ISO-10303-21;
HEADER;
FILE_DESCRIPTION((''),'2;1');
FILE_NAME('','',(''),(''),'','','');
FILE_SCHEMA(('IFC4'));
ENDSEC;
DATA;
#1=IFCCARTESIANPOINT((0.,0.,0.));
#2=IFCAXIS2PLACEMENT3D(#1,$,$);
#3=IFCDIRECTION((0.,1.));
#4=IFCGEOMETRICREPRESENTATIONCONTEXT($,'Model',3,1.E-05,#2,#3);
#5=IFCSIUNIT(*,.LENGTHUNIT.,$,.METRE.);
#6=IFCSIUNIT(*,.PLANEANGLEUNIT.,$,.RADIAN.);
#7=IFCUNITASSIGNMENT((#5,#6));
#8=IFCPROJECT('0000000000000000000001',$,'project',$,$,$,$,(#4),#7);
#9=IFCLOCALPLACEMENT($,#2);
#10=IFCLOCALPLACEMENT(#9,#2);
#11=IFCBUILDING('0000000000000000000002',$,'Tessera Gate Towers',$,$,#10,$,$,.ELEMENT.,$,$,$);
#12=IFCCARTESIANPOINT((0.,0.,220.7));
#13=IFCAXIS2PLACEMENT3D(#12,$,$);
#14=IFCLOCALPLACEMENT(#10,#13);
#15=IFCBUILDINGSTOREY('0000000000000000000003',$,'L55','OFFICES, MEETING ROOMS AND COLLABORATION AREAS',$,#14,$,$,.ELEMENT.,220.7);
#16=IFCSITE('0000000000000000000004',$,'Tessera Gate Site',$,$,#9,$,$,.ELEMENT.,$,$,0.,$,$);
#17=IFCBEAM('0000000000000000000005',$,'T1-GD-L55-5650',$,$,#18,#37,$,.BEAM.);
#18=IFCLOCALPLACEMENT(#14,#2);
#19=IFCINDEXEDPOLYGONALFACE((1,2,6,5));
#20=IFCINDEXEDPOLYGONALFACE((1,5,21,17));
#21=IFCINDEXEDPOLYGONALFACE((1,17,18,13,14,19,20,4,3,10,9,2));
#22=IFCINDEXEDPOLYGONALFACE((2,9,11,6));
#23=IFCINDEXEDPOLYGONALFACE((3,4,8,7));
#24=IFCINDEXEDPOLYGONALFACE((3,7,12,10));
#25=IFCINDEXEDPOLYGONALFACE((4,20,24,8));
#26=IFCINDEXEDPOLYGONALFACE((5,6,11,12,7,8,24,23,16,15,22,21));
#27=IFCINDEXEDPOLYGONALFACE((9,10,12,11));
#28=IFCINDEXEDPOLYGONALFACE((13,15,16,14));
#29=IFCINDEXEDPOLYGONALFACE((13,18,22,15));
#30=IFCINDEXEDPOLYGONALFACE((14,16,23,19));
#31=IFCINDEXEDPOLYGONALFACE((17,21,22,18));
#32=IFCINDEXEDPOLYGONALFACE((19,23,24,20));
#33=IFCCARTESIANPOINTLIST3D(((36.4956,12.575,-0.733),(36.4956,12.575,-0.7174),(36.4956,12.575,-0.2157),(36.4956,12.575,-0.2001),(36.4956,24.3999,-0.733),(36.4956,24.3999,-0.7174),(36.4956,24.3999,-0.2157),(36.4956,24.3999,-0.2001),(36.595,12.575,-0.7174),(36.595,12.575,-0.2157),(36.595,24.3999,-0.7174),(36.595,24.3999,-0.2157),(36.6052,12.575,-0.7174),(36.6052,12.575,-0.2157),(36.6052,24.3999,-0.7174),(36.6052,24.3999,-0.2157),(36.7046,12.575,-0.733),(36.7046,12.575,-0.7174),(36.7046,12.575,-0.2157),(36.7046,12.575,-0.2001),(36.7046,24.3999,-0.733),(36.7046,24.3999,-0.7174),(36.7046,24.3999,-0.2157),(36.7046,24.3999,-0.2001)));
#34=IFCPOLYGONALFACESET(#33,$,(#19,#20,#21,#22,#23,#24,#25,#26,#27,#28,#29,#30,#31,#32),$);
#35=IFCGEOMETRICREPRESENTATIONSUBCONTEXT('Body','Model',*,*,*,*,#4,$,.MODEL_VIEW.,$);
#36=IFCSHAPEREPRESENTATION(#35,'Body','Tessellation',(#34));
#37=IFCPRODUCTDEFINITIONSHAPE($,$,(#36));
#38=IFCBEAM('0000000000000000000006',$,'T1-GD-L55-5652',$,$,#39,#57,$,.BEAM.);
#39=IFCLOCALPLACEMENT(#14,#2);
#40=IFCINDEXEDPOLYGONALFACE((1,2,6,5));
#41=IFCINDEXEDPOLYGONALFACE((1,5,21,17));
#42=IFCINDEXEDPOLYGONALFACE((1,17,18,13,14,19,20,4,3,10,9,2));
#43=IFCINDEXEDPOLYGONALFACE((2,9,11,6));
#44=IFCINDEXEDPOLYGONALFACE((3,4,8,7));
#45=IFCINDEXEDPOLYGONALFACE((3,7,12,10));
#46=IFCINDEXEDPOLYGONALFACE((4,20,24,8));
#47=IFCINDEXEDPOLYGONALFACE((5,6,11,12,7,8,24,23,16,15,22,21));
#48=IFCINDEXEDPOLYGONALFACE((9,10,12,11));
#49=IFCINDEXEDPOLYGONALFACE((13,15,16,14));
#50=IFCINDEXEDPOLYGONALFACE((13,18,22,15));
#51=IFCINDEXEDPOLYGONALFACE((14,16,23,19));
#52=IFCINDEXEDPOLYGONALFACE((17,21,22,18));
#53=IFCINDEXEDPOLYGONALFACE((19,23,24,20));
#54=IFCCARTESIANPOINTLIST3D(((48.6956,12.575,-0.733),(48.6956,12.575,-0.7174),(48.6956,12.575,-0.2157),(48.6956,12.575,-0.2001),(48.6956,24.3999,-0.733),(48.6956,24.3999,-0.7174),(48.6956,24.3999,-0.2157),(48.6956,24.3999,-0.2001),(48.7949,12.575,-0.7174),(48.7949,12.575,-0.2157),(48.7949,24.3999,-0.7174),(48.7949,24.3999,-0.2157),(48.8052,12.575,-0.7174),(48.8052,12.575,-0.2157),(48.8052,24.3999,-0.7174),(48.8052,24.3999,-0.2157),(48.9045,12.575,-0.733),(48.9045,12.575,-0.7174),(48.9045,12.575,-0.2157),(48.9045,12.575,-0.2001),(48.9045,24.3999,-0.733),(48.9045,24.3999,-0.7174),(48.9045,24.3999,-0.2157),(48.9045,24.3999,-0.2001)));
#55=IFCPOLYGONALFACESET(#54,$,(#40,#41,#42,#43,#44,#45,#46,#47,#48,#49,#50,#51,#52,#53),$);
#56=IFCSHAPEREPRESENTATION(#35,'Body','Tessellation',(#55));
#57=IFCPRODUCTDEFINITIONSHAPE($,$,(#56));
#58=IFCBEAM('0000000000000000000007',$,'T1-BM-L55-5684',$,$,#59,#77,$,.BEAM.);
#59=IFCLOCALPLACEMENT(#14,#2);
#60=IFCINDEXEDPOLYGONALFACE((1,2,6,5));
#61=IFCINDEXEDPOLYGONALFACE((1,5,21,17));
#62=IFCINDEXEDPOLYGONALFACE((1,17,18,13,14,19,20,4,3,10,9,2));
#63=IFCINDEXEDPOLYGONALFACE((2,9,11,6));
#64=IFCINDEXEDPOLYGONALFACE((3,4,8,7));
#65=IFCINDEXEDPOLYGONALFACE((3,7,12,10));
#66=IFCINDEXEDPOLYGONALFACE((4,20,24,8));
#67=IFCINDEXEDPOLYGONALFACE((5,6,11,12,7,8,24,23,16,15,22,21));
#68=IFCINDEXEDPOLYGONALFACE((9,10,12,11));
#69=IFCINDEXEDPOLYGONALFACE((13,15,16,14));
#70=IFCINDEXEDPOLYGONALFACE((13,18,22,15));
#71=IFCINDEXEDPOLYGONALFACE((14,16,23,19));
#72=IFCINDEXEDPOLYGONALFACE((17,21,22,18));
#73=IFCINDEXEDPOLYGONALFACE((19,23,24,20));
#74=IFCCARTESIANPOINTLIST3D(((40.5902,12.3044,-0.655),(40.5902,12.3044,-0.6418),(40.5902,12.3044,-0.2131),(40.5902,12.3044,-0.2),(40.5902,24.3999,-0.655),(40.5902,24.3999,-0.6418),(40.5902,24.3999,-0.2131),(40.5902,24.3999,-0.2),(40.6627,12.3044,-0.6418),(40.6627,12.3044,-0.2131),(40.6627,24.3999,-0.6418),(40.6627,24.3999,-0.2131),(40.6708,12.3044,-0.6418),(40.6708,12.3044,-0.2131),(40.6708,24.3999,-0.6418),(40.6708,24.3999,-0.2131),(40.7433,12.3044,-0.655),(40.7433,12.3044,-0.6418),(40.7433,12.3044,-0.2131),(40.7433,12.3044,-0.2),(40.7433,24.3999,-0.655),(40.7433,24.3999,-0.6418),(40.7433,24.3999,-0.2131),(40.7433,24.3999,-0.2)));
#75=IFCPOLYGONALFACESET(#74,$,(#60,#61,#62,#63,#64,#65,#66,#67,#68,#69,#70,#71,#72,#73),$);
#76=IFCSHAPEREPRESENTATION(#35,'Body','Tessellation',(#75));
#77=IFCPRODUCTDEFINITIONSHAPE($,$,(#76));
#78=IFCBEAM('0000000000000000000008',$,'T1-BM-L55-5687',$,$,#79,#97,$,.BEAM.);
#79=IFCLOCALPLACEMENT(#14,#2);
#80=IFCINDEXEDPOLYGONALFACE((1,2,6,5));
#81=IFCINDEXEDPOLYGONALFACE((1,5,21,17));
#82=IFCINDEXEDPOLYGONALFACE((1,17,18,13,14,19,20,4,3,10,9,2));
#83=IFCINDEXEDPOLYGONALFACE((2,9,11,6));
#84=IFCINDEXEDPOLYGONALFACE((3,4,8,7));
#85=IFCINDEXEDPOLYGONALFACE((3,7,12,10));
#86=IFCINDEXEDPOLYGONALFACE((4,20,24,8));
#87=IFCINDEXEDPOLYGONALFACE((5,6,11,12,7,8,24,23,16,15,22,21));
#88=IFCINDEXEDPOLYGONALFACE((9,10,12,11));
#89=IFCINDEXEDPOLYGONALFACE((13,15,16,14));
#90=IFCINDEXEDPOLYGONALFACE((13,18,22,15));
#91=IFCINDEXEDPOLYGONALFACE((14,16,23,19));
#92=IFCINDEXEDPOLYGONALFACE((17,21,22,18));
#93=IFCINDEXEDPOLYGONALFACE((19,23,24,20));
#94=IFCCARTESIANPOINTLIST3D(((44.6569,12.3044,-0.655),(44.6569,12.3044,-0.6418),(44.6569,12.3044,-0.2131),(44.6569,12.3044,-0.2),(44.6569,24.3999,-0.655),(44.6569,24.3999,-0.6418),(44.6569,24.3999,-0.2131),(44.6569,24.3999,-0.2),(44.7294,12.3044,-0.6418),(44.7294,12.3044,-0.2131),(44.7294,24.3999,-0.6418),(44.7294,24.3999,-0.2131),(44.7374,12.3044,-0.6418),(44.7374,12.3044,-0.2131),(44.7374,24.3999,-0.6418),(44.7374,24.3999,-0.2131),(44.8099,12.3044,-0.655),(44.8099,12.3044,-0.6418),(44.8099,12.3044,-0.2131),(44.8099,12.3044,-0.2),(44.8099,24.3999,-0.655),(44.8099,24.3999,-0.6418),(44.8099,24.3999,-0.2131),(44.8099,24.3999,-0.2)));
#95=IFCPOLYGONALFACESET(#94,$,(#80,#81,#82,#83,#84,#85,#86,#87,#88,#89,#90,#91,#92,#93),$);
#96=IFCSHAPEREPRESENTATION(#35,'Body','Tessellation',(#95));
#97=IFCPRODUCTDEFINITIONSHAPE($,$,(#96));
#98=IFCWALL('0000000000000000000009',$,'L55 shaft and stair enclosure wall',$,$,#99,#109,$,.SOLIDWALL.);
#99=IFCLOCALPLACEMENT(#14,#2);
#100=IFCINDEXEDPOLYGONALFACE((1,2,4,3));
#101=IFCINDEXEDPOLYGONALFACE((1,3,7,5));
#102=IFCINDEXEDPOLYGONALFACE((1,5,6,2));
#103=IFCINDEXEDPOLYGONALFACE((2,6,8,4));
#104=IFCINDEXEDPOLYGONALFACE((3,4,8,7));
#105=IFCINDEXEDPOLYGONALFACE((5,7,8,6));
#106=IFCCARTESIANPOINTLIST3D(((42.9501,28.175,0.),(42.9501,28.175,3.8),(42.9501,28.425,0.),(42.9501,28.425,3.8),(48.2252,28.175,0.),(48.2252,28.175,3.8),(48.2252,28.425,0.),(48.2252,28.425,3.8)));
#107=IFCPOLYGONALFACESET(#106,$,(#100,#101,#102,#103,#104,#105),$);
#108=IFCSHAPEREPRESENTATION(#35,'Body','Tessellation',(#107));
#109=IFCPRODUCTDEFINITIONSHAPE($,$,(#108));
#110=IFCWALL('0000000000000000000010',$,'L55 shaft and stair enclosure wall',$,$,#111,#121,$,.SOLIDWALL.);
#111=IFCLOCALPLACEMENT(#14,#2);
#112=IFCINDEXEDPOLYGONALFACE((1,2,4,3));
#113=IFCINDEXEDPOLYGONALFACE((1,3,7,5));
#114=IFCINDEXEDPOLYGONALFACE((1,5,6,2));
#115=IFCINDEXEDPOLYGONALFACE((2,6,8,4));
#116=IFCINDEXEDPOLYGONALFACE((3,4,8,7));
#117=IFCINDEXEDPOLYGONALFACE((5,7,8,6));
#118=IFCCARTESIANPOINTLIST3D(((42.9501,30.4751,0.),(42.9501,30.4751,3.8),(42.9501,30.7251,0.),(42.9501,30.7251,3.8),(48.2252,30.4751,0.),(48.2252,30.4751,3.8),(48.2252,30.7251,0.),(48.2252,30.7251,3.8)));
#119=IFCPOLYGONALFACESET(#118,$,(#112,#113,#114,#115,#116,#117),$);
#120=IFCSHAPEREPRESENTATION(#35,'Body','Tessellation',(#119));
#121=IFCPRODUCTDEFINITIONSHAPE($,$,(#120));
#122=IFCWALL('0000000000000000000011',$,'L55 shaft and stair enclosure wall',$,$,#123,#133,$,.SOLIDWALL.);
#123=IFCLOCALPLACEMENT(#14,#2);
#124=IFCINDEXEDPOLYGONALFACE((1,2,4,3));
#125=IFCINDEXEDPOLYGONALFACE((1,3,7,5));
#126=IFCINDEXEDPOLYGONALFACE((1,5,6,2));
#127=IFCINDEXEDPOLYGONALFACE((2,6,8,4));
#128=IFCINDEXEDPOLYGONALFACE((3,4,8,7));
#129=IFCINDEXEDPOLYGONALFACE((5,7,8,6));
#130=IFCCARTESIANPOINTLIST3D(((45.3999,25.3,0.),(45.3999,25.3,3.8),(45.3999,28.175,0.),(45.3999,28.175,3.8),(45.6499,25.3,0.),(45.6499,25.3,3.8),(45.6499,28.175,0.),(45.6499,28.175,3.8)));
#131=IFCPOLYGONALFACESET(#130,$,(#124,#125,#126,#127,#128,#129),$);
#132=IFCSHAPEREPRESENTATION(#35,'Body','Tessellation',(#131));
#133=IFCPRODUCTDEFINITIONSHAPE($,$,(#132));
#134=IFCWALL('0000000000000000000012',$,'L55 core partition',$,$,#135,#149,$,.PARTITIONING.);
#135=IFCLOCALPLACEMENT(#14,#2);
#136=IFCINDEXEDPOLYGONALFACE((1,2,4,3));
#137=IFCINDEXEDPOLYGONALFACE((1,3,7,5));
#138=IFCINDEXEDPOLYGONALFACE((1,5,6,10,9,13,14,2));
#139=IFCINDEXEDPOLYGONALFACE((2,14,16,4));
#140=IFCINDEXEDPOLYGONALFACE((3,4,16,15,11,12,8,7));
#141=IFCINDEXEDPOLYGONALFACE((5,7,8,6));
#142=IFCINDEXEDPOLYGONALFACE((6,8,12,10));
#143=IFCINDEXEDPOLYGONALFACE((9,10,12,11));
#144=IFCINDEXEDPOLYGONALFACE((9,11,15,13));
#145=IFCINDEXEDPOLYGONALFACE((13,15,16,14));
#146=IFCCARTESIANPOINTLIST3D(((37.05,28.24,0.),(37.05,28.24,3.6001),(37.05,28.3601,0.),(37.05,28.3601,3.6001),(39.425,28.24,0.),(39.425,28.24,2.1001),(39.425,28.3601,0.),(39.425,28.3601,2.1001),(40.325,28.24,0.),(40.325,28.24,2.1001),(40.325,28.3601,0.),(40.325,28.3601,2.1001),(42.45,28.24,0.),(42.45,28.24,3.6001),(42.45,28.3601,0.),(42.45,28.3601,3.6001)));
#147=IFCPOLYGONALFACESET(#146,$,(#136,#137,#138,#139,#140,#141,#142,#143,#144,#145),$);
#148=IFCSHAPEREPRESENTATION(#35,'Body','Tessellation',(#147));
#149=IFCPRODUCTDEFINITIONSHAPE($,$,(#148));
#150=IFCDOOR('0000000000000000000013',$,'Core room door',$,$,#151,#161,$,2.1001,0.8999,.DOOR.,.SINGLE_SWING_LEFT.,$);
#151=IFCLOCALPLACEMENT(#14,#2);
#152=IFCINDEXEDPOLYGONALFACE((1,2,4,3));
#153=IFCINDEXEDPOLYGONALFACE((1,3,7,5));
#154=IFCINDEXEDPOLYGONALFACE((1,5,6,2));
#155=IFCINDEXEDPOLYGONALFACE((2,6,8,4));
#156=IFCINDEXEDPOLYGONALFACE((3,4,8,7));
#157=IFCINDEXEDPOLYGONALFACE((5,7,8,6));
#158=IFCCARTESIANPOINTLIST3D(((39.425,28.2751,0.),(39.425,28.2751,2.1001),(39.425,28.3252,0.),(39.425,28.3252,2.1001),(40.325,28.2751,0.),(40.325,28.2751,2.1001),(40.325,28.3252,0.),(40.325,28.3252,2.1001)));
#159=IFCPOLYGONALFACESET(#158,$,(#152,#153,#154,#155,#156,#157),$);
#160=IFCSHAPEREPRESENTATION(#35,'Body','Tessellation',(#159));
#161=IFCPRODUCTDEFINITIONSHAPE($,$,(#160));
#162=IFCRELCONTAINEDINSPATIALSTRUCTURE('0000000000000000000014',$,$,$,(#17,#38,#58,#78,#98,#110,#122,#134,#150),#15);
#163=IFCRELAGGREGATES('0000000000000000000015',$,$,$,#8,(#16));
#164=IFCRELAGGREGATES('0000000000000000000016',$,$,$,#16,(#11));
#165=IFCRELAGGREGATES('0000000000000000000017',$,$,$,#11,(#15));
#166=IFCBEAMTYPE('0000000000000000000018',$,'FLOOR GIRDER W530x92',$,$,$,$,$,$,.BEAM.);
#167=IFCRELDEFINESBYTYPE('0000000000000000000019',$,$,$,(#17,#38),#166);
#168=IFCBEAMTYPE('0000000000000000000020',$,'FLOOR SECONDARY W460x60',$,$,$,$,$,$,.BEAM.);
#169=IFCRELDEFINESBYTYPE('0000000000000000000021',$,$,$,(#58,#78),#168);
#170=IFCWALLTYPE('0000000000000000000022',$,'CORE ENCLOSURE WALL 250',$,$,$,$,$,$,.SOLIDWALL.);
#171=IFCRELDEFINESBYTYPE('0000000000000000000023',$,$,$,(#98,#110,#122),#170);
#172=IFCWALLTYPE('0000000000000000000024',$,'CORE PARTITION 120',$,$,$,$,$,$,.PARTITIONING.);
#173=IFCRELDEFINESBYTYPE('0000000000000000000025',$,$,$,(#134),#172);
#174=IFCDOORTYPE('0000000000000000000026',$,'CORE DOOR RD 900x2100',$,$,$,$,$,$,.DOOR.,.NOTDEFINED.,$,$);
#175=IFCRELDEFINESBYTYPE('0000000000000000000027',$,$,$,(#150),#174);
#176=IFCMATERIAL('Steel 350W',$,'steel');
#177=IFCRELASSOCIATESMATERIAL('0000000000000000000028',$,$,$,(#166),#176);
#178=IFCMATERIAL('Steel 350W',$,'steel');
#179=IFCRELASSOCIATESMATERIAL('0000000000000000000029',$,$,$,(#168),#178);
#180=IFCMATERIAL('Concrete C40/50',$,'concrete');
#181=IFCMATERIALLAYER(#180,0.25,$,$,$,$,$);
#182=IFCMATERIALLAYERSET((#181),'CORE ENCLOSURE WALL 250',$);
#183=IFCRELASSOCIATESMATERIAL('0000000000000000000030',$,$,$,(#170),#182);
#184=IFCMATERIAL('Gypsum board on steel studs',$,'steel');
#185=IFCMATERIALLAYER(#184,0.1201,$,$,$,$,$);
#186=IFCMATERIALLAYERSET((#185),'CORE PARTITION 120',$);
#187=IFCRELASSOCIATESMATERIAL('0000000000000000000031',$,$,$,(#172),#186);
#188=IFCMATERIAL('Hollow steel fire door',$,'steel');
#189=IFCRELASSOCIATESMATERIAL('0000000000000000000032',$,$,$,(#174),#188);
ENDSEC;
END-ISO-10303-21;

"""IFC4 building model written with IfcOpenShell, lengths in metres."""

from ifc_helpers import new_model, si_unit, direction, frame, frame_2d, origin, origin_2d, place, context, subcontext, project, spatial, rectangle, i_section, extrude, source, transform, mapped, material, layer, layer_set, material_profile, profile_set, type_object, element, fill, save


model = new_model("IFC4")

# Units and contexts
model_context = context("Model", 3, precision=1e-05, world=origin(), true_north=direction((0.0, 1.0)))
body_context = subcontext(model_context, "Body", "Model", "MODEL_VIEW")
ifc_project = project(units=[si_unit("LENGTHUNIT", "METRE"), si_unit("PLANEANGLEUNIT", "RADIAN")], contexts=[model_context])

# Site, building, storey
site_placement = place(None, origin())
site = spatial("IfcSite", under=ifc_project, at=site_placement, Name="Tessera Gate Site", CompositionType="ELEMENT", RefElevation=0.0)
building_placement = place(site_placement, origin())
building = spatial("IfcBuilding", under=site, at=building_placement, Name="Tessera Gate Towers", CompositionType="ELEMENT")
storey_placement = place(building_placement, frame((0.0, 0.0, 220.7)))
storey = spatial("IfcBuildingStorey", under=building, at=storey_placement, Name="L55", Description="OFFICES, MEETING ROOMS AND COLLABORATION AREAS", CompositionType="ELEMENT", Elevation=220.7)

# Beams
ifc_material_1 = material(Name="Steel 350W", Category="steel")
ifc_material_profile_1 = material_profile(ifc_material_1, i_section(OverallWidth=0.209, OverallDepth=0.533, WebThickness=0.0103, FlangeThickness=0.0156, at=origin_2d()), Name="W530x92")
ifc_profile_set_1 = profile_set([ifc_material_profile_1], Name="Steel 350W")
beam_type_1 = type_object("IfcBeamType", Name="FLOOR GIRDER W530x92", PredefinedType="BEAM", material=ifc_profile_set_1)
for number, where, z_axis, x_axis, name in (
    (1, (36.6001, 12.575, -0.4666), (0.0, 1.0, 0.0), (-1.0, 0.0, 0.0), "T1-GD-L55-5650"),
    (2, (48.8, 12.575, -0.4666), (0.0, 1.0, 0.0), (-1.0, 0.0, 0.0), "T1-GD-L55-5652"),
):
    element("IfcBeam", number, at=place(storey_placement, frame(where, z_axis=z_axis, x_axis=x_axis)), inside=storey, type_object=beam_type_1, Name=name, PredefinedType="BEAM", context=body_context, shape_type="SweptSolid", body=[
        extrude(i_section(OverallWidth=0.209, OverallDepth=0.533, WebThickness=0.0103, FlangeThickness=0.0156, at=origin_2d()), origin(), (0.0, 0.0, 1.0), 11.825),
    ])
ifc_material_2 = material(Name="Steel 350W", Category="steel")
ifc_material_profile_2 = material_profile(ifc_material_2, i_section(OverallWidth=0.1531, OverallDepth=0.4551, WebThickness=0.0081, FlangeThickness=0.0132, at=origin_2d()), Name="W460x60")
ifc_profile_set_2 = profile_set([ifc_material_profile_2], Name="Steel 350W")
beam_type_2 = type_object("IfcBeamType", Name="FLOOR SECONDARY W460x60", PredefinedType="BEAM", material=ifc_profile_set_2)
for number, where, z_axis, x_axis, name in (
    (3, (40.6667, 12.3044, -0.4275), (0.0, 1.0, 0.0), (-1.0, 0.0, 0.0), "T1-BM-L55-5684"),
    (4, (44.7334, 12.3044, -0.4275), (0.0, 1.0, 0.0), (-1.0, 0.0, 0.0), "T1-BM-L55-5687"),
):
    element("IfcBeam", number, at=place(storey_placement, frame(where, z_axis=z_axis, x_axis=x_axis)), inside=storey, type_object=beam_type_2, Name=name, PredefinedType="BEAM", context=body_context, shape_type="SweptSolid", body=[
        extrude(i_section(OverallWidth=0.1531, OverallDepth=0.4551, WebThickness=0.0081, FlangeThickness=0.0132, at=origin_2d()), origin(), (0.0, 0.0, 1.0), 12.0955),
    ])

# Walls
ifc_material_3 = material(Name="Concrete C40/50", Category="concrete")
ifc_layer_1 = layer(ifc_material_3, 0.25)
ifc_layer_set_1 = layer_set([ifc_layer_1], Name="CORE ENCLOSURE WALL 250")
wall_type_1 = type_object("IfcWallType", Name="CORE ENCLOSURE WALL 250", PredefinedType="SOLIDWALL", material=ifc_layer_set_1)
for number, where, z_axis, x_axis, name in (
    (5, (42.95, 28.3, 0.0), (0.0, 0.0, 1.0), (1.0, 0.0, 0.0), "L55 shaft and stair enclosure wall"),
    (6, (42.95, 30.6001, 0.0), (0.0, 0.0, 1.0), (1.0, 0.0, 0.0), "L55 shaft and stair enclosure wall"),
):
    element("IfcWall", number, at=place(storey_placement, frame(where, z_axis=z_axis, x_axis=x_axis)), inside=storey, type_object=wall_type_1, Name=name, PredefinedType="SOLIDWALL", context=body_context, shape_type="SweptSolid", body=[
        extrude(rectangle(XDim=5.2751, YDim=0.25, at=frame_2d((2.6377, 0.0))), origin(), (0.0, 0.0, 1.0), 3.8),
    ])
wall_1_placement = place(storey_placement, frame((45.5249, 25.3, 0.0), z_axis=(0.0, 0.0, 1.0), x_axis=(0.0, 1.0, 0.0)))
element("IfcWall", 7, at=wall_1_placement, inside=storey, type_object=wall_type_1, Name="L55 shaft and stair enclosure wall", PredefinedType="SOLIDWALL", context=body_context, shape_type="SweptSolid", body=[
    extrude(rectangle(XDim=2.875, YDim=0.25, at=frame_2d((1.4375, 0.0))), origin(), (0.0, 0.0, 1.0), 3.8),
])

# Wall, opening, door
ifc_material_4 = material(Name="Gypsum board on steel studs", Category="steel")
ifc_layer_2 = layer(ifc_material_4, 0.1201)
ifc_layer_set_2 = layer_set([ifc_layer_2], Name="CORE PARTITION 120")
wall_type_2 = type_object("IfcWallType", Name="CORE PARTITION 120", PredefinedType="PARTITIONING", material=ifc_layer_set_2)
wall_2_placement = place(storey_placement, frame((42.45, 28.3, 0.0), z_axis=(0.0, 0.0, 1.0), x_axis=(-1.0, 0.0, 0.0)))
wall_2 = element("IfcWall", 8, at=wall_2_placement, inside=storey, type_object=wall_type_2, Name="L55 core partition", PredefinedType="PARTITIONING", context=body_context, shape_type="SweptSolid", body=[
    extrude(rectangle(XDim=5.3999, YDim=0.1201, at=frame_2d((2.7, 0.0))), origin(), (0.0, 0.0, 1.0), 3.6001),
])
shared_shape_1 = source(origin(), body_context, "Body", "SweptSolid", [
    extrude(rectangle(XDim=0.8999, YDim=2.1001, at=frame_2d((0.45, 1.05))), frame((0.0, 0.0701, 0.0), z_axis=(0.0, -1.0, 0.0), x_axis=(1.0, 0.0, 0.0)), (0.0, 0.0, 1.0), 0.1401),
])
opening_1_placement = place(wall_2_placement, frame((2.125, 0.0, 0.0)))
opening_1 = element("IfcOpeningElement", 9, at=opening_1_placement, cuts=wall_2, PredefinedType="OPENING", context=body_context, shape_type="MappedRepresentation", body=[
    mapped(shared_shape_1, transform((0.0, 0.0, 0.0), scale=1.0)),
])
ifc_material_5 = material(Name="Hollow steel fire door", Category="steel")
door_type_1 = type_object("IfcDoorType", Name="CORE DOOR RD 900x2100", OperationType="NOTDEFINED", PredefinedType="DOOR", material=ifc_material_5)
shared_shape_2 = source(origin(), body_context, "Body", "SweptSolid", [
    extrude(rectangle(XDim=0.8999, YDim=2.1001, at=frame_2d((0.45, 1.05))), frame((0.0, 0.0249, 0.0), z_axis=(0.0, -1.0, 0.0), x_axis=(1.0, 0.0, 0.0)), (0.0, 0.0, 1.0), 0.05),
])
door_1_placement = place(opening_1_placement, origin())
door_1 = element("IfcDoor", 10, at=door_1_placement, inside=storey, type_object=door_type_1, Name="Core room door", OperationType="SINGLE_SWING_LEFT", OverallHeight=2.1001, OverallWidth=0.8999, PredefinedType="DOOR", context=body_context, shape_type="MappedRepresentation", body=[
    mapped(shared_shape_2, transform((0.0, 0.0, 0.0), scale=1.0)),
])
fill(opening_1, door_1)

save(model, "model.ifc")
